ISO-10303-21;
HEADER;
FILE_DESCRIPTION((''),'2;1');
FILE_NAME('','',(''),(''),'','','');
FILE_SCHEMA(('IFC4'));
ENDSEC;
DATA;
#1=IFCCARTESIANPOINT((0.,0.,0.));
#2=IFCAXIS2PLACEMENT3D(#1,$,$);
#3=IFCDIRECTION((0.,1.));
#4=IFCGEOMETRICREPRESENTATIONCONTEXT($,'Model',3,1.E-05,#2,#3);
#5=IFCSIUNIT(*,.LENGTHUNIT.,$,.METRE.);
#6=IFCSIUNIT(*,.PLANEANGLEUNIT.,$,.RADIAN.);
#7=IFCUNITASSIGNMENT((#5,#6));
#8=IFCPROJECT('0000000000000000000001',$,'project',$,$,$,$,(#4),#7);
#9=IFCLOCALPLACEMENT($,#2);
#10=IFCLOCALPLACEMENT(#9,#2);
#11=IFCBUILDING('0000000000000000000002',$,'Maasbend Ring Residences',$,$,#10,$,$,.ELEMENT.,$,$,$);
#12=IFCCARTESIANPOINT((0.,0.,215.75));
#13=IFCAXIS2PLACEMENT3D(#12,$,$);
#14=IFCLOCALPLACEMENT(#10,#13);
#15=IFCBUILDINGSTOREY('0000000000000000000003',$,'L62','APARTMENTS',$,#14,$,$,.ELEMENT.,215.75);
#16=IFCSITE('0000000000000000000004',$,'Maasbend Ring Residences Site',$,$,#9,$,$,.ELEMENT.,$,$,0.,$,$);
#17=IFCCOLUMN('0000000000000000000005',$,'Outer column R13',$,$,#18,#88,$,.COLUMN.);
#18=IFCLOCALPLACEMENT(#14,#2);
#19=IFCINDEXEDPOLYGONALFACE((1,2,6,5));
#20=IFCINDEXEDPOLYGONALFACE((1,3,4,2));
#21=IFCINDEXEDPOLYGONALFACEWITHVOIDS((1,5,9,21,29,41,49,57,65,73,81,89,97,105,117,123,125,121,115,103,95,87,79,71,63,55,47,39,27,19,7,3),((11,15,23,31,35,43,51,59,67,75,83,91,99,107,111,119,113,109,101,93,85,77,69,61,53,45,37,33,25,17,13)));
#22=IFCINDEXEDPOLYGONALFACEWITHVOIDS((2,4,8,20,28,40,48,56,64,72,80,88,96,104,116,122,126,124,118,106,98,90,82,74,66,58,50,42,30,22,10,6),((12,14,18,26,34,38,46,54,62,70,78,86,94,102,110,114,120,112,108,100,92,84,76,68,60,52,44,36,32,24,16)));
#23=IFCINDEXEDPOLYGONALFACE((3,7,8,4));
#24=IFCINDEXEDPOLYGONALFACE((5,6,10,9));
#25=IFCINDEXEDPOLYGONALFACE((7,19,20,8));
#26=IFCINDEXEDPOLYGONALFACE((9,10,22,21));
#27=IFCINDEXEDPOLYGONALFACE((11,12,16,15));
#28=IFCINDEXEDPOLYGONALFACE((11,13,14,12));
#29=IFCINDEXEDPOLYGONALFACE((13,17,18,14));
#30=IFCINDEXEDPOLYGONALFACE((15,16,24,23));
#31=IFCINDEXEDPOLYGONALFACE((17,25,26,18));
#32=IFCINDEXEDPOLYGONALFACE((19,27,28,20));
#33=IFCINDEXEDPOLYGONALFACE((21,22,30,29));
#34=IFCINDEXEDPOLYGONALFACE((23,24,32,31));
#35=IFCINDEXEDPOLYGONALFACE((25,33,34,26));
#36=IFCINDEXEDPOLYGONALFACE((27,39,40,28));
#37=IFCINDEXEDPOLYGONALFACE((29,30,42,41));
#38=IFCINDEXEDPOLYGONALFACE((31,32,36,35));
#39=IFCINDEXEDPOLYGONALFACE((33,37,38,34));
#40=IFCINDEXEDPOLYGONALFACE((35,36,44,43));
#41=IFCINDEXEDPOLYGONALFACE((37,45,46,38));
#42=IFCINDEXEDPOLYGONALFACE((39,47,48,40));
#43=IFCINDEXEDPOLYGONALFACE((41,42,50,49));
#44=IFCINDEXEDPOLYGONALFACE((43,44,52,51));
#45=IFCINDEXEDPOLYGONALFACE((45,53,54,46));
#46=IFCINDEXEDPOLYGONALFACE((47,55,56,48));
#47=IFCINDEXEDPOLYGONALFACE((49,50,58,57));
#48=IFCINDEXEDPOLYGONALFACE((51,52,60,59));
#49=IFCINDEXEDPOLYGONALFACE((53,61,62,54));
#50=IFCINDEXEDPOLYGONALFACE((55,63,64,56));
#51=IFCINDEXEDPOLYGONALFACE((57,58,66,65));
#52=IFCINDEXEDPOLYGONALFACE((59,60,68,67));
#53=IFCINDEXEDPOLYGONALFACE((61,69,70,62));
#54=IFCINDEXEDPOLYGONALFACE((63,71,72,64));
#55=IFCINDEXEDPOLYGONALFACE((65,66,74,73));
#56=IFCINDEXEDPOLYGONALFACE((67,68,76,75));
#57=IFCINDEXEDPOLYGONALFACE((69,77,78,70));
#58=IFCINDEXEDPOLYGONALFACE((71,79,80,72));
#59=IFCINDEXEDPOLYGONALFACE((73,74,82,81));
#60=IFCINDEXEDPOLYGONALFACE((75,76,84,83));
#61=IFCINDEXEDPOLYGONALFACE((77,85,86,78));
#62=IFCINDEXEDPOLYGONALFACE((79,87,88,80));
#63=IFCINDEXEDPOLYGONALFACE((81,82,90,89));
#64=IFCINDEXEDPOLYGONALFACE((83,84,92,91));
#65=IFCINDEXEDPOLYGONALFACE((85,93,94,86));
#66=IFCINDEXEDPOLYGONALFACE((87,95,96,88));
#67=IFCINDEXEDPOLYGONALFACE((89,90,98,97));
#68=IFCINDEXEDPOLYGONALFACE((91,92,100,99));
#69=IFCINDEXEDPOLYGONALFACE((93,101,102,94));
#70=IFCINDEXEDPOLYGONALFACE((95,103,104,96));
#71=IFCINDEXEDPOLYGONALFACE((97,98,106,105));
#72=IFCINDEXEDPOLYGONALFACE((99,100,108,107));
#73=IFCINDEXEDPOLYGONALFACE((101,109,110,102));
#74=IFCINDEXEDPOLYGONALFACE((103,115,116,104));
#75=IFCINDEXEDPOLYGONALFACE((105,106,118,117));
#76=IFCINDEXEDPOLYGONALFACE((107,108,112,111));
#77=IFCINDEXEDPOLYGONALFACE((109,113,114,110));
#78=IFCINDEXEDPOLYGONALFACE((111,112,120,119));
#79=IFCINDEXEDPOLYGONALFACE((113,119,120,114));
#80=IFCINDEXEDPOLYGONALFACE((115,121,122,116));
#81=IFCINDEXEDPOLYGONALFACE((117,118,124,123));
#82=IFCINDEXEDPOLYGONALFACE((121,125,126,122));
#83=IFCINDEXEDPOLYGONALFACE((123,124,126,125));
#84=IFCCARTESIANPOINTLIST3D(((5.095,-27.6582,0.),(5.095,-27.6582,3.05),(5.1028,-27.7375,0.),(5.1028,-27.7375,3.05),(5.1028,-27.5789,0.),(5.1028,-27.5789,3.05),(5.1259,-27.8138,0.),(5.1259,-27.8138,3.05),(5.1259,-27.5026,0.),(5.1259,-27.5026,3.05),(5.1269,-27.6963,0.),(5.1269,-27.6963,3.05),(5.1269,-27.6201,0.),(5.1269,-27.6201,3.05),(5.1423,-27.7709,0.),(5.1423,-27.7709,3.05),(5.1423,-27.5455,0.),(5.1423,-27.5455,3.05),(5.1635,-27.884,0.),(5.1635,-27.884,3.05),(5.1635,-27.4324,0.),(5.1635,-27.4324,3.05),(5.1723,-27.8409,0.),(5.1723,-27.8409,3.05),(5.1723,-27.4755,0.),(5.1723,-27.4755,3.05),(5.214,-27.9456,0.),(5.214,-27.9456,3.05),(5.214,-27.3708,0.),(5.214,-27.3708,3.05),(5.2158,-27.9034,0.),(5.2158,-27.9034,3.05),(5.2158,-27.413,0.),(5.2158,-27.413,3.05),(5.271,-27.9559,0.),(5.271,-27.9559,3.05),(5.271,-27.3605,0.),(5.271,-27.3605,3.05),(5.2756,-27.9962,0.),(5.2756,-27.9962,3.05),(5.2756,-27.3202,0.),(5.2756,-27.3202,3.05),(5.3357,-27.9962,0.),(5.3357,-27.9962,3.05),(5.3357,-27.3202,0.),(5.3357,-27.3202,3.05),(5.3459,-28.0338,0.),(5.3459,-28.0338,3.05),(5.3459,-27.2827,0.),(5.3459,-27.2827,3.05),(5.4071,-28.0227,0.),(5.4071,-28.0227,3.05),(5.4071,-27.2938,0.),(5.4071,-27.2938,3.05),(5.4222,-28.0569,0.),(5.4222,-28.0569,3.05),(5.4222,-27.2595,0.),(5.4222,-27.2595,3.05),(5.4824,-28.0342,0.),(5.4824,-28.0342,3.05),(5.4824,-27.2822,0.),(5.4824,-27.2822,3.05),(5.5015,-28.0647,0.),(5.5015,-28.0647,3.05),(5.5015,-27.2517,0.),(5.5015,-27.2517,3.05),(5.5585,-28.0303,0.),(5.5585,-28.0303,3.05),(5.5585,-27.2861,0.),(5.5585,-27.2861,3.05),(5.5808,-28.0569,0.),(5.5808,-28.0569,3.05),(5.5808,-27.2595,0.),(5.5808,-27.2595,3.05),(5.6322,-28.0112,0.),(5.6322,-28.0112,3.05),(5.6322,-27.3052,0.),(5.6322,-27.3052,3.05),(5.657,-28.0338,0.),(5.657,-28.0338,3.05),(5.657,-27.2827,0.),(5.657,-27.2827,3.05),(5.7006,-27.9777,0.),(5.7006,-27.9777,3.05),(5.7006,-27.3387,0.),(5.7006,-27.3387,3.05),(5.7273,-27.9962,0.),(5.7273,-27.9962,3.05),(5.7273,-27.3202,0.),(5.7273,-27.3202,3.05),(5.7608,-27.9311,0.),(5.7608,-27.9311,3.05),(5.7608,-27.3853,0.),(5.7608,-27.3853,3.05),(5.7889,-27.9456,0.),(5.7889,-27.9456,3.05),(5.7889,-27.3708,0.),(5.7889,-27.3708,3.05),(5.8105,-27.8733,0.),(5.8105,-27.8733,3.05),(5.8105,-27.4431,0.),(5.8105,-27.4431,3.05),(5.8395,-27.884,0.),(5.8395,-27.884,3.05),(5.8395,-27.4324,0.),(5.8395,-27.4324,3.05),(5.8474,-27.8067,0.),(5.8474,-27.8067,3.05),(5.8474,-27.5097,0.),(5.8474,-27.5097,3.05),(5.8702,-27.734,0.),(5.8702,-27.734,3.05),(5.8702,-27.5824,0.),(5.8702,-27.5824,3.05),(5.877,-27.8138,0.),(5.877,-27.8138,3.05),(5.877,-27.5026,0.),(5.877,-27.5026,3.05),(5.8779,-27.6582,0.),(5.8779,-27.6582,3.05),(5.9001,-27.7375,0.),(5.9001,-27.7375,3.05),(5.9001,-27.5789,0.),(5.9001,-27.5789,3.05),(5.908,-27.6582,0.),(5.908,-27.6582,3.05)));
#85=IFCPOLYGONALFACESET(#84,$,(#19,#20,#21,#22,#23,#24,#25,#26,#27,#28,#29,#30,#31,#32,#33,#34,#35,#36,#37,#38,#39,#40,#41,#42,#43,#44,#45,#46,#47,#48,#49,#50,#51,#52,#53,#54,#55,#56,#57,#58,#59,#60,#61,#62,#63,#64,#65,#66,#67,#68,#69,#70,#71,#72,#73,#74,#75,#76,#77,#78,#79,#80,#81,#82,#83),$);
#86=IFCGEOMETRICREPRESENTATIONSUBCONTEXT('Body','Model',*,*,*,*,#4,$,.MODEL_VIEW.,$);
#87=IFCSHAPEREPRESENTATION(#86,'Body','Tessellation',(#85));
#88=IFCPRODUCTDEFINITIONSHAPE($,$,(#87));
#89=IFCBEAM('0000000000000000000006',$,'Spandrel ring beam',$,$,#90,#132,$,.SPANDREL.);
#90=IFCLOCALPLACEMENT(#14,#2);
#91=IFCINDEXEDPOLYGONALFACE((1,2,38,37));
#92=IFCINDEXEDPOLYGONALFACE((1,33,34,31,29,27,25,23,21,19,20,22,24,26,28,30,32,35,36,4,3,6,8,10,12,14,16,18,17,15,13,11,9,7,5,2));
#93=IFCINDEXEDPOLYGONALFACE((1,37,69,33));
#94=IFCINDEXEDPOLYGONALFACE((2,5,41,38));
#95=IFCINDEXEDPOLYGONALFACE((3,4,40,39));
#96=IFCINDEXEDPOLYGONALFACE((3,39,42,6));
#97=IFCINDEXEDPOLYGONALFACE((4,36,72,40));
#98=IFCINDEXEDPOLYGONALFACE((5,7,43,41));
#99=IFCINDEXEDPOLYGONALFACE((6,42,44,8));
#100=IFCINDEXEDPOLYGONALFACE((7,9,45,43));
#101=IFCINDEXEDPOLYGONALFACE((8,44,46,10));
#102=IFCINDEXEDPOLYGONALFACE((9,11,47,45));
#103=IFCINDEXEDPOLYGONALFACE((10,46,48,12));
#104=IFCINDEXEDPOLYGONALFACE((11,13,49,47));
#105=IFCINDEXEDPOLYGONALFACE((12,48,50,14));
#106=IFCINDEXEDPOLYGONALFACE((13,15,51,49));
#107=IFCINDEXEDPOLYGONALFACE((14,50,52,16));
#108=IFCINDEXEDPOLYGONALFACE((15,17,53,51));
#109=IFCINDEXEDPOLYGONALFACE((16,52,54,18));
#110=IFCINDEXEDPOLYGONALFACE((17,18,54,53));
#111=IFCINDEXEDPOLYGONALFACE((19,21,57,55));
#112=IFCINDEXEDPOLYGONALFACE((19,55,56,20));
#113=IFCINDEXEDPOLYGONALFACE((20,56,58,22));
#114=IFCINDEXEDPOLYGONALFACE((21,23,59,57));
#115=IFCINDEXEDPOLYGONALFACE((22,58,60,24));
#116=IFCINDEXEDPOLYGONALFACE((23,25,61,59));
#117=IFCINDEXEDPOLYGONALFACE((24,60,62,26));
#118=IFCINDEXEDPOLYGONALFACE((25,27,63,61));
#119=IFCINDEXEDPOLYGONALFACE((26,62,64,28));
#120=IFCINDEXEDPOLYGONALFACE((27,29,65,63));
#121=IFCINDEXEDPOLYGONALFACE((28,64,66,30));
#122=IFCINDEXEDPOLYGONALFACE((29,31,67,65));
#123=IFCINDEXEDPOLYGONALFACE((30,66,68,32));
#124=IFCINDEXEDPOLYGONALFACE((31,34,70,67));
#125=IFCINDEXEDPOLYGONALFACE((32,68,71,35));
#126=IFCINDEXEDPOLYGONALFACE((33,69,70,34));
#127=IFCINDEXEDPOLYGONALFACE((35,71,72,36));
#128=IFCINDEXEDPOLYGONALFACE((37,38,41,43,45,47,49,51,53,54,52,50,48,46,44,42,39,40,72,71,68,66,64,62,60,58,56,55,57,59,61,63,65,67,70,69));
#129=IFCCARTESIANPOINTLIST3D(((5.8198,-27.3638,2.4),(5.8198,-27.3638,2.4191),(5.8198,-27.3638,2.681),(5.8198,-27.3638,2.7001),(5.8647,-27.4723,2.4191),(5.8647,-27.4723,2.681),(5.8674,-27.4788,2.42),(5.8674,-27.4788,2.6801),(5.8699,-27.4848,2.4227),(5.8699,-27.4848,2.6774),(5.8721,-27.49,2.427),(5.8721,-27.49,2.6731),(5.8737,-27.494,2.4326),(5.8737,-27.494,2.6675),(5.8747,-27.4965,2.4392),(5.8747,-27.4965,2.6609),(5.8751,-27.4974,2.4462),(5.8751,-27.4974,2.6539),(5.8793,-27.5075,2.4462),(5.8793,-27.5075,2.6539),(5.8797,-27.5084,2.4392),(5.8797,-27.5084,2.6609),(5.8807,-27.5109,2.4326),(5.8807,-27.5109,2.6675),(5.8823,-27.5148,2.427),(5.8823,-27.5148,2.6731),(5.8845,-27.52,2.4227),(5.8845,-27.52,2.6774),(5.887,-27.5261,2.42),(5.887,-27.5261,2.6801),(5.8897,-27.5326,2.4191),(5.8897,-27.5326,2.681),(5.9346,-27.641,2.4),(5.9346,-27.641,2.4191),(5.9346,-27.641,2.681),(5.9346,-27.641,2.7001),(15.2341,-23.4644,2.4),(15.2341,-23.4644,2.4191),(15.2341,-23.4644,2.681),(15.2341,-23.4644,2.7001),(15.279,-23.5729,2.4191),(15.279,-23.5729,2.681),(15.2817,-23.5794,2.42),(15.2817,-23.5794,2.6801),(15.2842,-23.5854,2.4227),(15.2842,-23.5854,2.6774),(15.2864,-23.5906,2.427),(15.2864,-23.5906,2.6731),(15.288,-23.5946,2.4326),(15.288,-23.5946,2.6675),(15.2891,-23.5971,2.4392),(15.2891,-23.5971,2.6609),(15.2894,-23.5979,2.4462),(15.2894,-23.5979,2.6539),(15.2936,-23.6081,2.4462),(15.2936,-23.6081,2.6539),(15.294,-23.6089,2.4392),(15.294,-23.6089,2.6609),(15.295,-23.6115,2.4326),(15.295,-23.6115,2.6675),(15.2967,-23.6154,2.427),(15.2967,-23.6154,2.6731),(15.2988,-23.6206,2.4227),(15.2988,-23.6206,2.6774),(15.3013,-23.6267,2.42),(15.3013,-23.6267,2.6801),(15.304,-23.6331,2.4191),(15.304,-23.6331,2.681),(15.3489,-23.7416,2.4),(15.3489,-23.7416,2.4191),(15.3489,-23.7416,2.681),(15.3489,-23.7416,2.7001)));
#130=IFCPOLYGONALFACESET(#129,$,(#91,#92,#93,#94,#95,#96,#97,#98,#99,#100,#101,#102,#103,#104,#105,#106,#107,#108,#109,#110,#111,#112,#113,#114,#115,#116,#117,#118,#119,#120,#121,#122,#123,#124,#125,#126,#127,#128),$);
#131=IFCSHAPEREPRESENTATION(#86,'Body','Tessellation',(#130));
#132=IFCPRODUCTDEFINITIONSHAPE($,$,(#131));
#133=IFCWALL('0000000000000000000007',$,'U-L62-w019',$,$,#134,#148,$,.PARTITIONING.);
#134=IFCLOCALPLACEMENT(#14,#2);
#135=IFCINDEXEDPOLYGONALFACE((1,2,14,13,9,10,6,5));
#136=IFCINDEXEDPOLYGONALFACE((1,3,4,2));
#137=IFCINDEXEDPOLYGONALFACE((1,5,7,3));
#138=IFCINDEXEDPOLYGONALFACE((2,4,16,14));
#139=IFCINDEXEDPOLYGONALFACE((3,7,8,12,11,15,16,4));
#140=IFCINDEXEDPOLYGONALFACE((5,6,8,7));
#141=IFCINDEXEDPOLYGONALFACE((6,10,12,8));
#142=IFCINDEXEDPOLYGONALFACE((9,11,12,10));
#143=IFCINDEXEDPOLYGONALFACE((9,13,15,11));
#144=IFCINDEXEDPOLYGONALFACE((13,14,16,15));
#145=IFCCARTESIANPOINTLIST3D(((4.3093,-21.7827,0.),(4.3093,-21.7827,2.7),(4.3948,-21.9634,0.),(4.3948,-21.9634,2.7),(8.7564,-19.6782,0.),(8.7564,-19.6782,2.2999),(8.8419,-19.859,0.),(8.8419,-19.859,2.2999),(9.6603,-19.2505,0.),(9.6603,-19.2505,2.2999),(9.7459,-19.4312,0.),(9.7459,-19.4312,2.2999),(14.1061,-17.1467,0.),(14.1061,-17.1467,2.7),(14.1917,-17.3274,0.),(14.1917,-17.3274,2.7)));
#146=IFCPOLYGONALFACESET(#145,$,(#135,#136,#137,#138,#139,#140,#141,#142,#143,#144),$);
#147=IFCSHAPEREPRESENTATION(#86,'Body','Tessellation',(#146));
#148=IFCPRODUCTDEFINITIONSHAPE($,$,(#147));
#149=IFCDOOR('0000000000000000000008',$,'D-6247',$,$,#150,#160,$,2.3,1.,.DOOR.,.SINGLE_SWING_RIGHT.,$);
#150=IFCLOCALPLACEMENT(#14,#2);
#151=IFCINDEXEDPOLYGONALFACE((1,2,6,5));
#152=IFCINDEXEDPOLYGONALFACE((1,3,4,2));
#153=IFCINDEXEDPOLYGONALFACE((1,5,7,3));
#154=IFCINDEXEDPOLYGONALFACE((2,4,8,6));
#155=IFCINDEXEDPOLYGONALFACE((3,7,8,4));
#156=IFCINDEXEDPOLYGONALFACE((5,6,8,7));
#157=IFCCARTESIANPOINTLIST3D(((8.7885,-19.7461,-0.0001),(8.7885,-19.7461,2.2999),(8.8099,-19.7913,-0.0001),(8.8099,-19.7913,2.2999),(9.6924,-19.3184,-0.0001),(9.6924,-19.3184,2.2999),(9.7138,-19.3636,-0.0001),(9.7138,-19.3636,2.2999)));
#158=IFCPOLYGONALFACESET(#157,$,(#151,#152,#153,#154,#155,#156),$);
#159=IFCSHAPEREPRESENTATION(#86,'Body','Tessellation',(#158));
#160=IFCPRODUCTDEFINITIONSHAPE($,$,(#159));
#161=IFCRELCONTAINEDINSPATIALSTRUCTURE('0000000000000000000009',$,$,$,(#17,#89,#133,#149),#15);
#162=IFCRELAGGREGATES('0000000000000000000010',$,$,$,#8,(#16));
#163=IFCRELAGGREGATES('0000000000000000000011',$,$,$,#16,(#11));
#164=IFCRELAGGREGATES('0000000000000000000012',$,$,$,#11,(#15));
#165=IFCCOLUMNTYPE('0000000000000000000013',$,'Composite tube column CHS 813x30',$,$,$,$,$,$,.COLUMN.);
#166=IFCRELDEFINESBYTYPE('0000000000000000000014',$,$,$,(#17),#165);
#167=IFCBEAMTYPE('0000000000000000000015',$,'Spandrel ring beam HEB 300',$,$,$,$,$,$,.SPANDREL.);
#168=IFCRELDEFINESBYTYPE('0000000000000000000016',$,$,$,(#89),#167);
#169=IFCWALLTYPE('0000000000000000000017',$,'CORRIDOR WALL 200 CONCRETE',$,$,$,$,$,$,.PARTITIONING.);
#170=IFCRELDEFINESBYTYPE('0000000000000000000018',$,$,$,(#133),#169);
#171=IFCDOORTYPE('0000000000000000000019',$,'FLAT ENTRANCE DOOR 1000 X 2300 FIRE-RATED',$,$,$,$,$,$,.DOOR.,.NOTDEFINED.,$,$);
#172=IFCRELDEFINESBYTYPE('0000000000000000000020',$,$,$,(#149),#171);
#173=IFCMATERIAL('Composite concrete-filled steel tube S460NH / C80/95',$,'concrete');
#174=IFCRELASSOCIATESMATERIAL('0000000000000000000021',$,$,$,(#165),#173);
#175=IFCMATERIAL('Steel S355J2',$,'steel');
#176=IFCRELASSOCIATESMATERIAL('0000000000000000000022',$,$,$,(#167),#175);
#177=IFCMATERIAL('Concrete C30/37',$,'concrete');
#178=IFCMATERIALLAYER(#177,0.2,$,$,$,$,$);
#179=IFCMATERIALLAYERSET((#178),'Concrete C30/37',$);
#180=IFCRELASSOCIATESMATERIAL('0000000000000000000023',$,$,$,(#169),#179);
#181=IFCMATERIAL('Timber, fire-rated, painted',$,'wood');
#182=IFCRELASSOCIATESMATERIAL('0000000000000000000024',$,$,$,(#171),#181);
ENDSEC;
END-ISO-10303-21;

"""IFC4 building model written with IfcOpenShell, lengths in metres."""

from ifc_helpers import new_model, si_unit, direction, frame, frame_2d, origin, origin_2d, place, context, subcontext, project, spatial, rectangle, hollow_circle, i_section, extrude, material, layer, layer_set, material_profile, profile_set, type_object, element, fill, save


model = new_model("IFC4")

# Units and contexts
model_context = context("Model", 3, precision=1e-05, world=origin(), true_north=direction((0.0, 1.0)))
body_context = subcontext(model_context, "Body", "Model", "MODEL_VIEW")
ifc_project = project(units=[si_unit("LENGTHUNIT", "METRE"), si_unit("PLANEANGLEUNIT", "RADIAN")], contexts=[model_context])

# Site, building, storey
site_placement = place(None, origin())
site = spatial("IfcSite", under=ifc_project, at=site_placement, Name="Maasbend Ring Residences Site", CompositionType="ELEMENT", RefElevation=0.0)
building_placement = place(site_placement, origin())
building = spatial("IfcBuilding", under=site, at=building_placement, Name="Maasbend Ring Residences", CompositionType="ELEMENT")
storey_placement = place(building_placement, frame((0.0, 0.0, 215.75)))
storey = spatial("IfcBuildingStorey", under=building, at=storey_placement, Name="L62", Description="APARTMENTS", CompositionType="ELEMENT", Elevation=215.75)

# Column
ifc_material_1 = material(Name="Composite concrete-filled steel tube S460NH / C80/95", Category="concrete")
ifc_material_profile_1 = material_profile(ifc_material_1, hollow_circle(Radius=0.4065, WallThickness=0.03, at=origin_2d()), Name="Composite tube column CHS 813x30")
ifc_profile_set_1 = profile_set([ifc_material_profile_1], Name="Composite concrete-filled steel tube S460NH / C80/95")
column_type = type_object("IfcColumnType", Name="Composite tube column CHS 813x30", PredefinedType="COLUMN", material=ifc_profile_set_1)
column_placement = place(storey_placement, frame((5.5015, -27.6582, 0.0), z_axis=(0.0, 0.0, 1.0), x_axis=(1.0, 0.0, 0.0)))
element("IfcColumn", 1, at=column_placement, inside=storey, type_object=column_type, Name="Outer column R13", PredefinedType="COLUMN", context=body_context, shape_type="SweptSolid", body=[
    extrude(hollow_circle(Radius=0.4065, WallThickness=0.03, at=origin_2d()), origin(), (0.0, 0.0, 1.0), 3.05),
])

# Beam
ifc_material_2 = material(Name="Steel S355J2", Category="steel")
ifc_material_profile_2 = material_profile(ifc_material_2, i_section(OverallWidth=0.3, OverallDepth=0.3, WebThickness=0.011, FlangeThickness=0.019, FilletRadius=0.0271, at=origin_2d()), Name="HEB 300")
ifc_profile_set_2 = profile_set([ifc_material_profile_2], Name="Steel S355J2")
beam_type = type_object("IfcBeamType", Name="Spandrel ring beam HEB 300", PredefinedType="SPANDREL", material=ifc_profile_set_2)
beam_placement = place(storey_placement, frame((5.8772, -27.5024, 2.55), z_axis=(0.923884, 0.382673, 0.0), x_axis=(-0.382673, 0.923884, 0.0)))
element("IfcBeam", 2, at=beam_placement, inside=storey, type_object=beam_type, Name="Spandrel ring beam", PredefinedType="SPANDREL", context=body_context, shape_type="SweptSolid", body=[
    extrude(i_section(OverallWidth=0.3, OverallDepth=0.3, WebThickness=0.011, FlangeThickness=0.019, FilletRadius=0.0271, at=origin_2d()), origin(), (0.0, 0.0, 1.0), 10.1899),
])

# Wall, opening, door
ifc_material_3 = material(Name="Concrete C30/37", Category="concrete")
ifc_layer_1 = layer(ifc_material_3, 0.2)
ifc_layer_set_1 = layer_set([ifc_layer_1], Name="Concrete C30/37")
wall_type_1 = type_object("IfcWallType", Name="CORRIDOR WALL 200 CONCRETE", PredefinedType="PARTITIONING", material=ifc_layer_set_1)
wall_1_placement = place(storey_placement, frame((4.3521, -21.873, 0.0), z_axis=(0.0, 0.0, 1.0), x_axis=(0.903903, 0.427737, 0.0)))
wall_1 = element("IfcWall", 3, at=wall_1_placement, inside=storey, type_object=wall_type_1, Name="U-L62-w019", PredefinedType="PARTITIONING", context=body_context, shape_type="SweptSolid", body=[
    extrude(rectangle(XDim=10.8384, YDim=0.2, at=frame_2d((5.4192, 0.0))), origin(), (0.0, 0.0, 1.0), 2.7),
])
opening_1_placement = place(wall_1_placement, frame((4.9199, 0.0, 0.0)))
opening_1 = element("IfcOpeningElement", 4, at=opening_1_placement, cuts=wall_1, PredefinedType="OPENING", context=body_context, shape_type="SweptSolid", body=[
    extrude(rectangle(XDim=1.0, YDim=2.3, at=frame_2d((0.5, 1.1499))), frame((0.0, 0.1099, 0.0), z_axis=(0.0, -1.0, 0.0), x_axis=(1.0, 0.0, 0.0)), (0.0, 0.0, 1.0), 0.22),
])
ifc_material_4 = material(Name="Timber, fire-rated, painted", Category="wood")
door_type_1 = type_object("IfcDoorType", Name="FLAT ENTRANCE DOOR 1000 X 2300 FIRE-RATED", OperationType="NOTDEFINED", PredefinedType="DOOR", material=ifc_material_4)
door_1_placement = place(opening_1_placement, origin())
door_1 = element("IfcDoor", 5, at=door_1_placement, inside=storey, type_object=door_type_1, Name="D-6247", OperationType="SINGLE_SWING_RIGHT", OverallHeight=2.3, OverallWidth=1.0, PredefinedType="DOOR", context=body_context, shape_type="SweptSolid", body=[
    extrude(rectangle(XDim=1.0, YDim=2.3, at=frame_2d((0.5, 1.1499))), frame((0.0, 0.0249, 0.0), z_axis=(0.0, -1.0, 0.0), x_axis=(1.0, 0.0, 0.0)), (0.0, 0.0, 1.0), 0.05),
])
fill(opening_1, door_1)

save(model, "model.ifc")
